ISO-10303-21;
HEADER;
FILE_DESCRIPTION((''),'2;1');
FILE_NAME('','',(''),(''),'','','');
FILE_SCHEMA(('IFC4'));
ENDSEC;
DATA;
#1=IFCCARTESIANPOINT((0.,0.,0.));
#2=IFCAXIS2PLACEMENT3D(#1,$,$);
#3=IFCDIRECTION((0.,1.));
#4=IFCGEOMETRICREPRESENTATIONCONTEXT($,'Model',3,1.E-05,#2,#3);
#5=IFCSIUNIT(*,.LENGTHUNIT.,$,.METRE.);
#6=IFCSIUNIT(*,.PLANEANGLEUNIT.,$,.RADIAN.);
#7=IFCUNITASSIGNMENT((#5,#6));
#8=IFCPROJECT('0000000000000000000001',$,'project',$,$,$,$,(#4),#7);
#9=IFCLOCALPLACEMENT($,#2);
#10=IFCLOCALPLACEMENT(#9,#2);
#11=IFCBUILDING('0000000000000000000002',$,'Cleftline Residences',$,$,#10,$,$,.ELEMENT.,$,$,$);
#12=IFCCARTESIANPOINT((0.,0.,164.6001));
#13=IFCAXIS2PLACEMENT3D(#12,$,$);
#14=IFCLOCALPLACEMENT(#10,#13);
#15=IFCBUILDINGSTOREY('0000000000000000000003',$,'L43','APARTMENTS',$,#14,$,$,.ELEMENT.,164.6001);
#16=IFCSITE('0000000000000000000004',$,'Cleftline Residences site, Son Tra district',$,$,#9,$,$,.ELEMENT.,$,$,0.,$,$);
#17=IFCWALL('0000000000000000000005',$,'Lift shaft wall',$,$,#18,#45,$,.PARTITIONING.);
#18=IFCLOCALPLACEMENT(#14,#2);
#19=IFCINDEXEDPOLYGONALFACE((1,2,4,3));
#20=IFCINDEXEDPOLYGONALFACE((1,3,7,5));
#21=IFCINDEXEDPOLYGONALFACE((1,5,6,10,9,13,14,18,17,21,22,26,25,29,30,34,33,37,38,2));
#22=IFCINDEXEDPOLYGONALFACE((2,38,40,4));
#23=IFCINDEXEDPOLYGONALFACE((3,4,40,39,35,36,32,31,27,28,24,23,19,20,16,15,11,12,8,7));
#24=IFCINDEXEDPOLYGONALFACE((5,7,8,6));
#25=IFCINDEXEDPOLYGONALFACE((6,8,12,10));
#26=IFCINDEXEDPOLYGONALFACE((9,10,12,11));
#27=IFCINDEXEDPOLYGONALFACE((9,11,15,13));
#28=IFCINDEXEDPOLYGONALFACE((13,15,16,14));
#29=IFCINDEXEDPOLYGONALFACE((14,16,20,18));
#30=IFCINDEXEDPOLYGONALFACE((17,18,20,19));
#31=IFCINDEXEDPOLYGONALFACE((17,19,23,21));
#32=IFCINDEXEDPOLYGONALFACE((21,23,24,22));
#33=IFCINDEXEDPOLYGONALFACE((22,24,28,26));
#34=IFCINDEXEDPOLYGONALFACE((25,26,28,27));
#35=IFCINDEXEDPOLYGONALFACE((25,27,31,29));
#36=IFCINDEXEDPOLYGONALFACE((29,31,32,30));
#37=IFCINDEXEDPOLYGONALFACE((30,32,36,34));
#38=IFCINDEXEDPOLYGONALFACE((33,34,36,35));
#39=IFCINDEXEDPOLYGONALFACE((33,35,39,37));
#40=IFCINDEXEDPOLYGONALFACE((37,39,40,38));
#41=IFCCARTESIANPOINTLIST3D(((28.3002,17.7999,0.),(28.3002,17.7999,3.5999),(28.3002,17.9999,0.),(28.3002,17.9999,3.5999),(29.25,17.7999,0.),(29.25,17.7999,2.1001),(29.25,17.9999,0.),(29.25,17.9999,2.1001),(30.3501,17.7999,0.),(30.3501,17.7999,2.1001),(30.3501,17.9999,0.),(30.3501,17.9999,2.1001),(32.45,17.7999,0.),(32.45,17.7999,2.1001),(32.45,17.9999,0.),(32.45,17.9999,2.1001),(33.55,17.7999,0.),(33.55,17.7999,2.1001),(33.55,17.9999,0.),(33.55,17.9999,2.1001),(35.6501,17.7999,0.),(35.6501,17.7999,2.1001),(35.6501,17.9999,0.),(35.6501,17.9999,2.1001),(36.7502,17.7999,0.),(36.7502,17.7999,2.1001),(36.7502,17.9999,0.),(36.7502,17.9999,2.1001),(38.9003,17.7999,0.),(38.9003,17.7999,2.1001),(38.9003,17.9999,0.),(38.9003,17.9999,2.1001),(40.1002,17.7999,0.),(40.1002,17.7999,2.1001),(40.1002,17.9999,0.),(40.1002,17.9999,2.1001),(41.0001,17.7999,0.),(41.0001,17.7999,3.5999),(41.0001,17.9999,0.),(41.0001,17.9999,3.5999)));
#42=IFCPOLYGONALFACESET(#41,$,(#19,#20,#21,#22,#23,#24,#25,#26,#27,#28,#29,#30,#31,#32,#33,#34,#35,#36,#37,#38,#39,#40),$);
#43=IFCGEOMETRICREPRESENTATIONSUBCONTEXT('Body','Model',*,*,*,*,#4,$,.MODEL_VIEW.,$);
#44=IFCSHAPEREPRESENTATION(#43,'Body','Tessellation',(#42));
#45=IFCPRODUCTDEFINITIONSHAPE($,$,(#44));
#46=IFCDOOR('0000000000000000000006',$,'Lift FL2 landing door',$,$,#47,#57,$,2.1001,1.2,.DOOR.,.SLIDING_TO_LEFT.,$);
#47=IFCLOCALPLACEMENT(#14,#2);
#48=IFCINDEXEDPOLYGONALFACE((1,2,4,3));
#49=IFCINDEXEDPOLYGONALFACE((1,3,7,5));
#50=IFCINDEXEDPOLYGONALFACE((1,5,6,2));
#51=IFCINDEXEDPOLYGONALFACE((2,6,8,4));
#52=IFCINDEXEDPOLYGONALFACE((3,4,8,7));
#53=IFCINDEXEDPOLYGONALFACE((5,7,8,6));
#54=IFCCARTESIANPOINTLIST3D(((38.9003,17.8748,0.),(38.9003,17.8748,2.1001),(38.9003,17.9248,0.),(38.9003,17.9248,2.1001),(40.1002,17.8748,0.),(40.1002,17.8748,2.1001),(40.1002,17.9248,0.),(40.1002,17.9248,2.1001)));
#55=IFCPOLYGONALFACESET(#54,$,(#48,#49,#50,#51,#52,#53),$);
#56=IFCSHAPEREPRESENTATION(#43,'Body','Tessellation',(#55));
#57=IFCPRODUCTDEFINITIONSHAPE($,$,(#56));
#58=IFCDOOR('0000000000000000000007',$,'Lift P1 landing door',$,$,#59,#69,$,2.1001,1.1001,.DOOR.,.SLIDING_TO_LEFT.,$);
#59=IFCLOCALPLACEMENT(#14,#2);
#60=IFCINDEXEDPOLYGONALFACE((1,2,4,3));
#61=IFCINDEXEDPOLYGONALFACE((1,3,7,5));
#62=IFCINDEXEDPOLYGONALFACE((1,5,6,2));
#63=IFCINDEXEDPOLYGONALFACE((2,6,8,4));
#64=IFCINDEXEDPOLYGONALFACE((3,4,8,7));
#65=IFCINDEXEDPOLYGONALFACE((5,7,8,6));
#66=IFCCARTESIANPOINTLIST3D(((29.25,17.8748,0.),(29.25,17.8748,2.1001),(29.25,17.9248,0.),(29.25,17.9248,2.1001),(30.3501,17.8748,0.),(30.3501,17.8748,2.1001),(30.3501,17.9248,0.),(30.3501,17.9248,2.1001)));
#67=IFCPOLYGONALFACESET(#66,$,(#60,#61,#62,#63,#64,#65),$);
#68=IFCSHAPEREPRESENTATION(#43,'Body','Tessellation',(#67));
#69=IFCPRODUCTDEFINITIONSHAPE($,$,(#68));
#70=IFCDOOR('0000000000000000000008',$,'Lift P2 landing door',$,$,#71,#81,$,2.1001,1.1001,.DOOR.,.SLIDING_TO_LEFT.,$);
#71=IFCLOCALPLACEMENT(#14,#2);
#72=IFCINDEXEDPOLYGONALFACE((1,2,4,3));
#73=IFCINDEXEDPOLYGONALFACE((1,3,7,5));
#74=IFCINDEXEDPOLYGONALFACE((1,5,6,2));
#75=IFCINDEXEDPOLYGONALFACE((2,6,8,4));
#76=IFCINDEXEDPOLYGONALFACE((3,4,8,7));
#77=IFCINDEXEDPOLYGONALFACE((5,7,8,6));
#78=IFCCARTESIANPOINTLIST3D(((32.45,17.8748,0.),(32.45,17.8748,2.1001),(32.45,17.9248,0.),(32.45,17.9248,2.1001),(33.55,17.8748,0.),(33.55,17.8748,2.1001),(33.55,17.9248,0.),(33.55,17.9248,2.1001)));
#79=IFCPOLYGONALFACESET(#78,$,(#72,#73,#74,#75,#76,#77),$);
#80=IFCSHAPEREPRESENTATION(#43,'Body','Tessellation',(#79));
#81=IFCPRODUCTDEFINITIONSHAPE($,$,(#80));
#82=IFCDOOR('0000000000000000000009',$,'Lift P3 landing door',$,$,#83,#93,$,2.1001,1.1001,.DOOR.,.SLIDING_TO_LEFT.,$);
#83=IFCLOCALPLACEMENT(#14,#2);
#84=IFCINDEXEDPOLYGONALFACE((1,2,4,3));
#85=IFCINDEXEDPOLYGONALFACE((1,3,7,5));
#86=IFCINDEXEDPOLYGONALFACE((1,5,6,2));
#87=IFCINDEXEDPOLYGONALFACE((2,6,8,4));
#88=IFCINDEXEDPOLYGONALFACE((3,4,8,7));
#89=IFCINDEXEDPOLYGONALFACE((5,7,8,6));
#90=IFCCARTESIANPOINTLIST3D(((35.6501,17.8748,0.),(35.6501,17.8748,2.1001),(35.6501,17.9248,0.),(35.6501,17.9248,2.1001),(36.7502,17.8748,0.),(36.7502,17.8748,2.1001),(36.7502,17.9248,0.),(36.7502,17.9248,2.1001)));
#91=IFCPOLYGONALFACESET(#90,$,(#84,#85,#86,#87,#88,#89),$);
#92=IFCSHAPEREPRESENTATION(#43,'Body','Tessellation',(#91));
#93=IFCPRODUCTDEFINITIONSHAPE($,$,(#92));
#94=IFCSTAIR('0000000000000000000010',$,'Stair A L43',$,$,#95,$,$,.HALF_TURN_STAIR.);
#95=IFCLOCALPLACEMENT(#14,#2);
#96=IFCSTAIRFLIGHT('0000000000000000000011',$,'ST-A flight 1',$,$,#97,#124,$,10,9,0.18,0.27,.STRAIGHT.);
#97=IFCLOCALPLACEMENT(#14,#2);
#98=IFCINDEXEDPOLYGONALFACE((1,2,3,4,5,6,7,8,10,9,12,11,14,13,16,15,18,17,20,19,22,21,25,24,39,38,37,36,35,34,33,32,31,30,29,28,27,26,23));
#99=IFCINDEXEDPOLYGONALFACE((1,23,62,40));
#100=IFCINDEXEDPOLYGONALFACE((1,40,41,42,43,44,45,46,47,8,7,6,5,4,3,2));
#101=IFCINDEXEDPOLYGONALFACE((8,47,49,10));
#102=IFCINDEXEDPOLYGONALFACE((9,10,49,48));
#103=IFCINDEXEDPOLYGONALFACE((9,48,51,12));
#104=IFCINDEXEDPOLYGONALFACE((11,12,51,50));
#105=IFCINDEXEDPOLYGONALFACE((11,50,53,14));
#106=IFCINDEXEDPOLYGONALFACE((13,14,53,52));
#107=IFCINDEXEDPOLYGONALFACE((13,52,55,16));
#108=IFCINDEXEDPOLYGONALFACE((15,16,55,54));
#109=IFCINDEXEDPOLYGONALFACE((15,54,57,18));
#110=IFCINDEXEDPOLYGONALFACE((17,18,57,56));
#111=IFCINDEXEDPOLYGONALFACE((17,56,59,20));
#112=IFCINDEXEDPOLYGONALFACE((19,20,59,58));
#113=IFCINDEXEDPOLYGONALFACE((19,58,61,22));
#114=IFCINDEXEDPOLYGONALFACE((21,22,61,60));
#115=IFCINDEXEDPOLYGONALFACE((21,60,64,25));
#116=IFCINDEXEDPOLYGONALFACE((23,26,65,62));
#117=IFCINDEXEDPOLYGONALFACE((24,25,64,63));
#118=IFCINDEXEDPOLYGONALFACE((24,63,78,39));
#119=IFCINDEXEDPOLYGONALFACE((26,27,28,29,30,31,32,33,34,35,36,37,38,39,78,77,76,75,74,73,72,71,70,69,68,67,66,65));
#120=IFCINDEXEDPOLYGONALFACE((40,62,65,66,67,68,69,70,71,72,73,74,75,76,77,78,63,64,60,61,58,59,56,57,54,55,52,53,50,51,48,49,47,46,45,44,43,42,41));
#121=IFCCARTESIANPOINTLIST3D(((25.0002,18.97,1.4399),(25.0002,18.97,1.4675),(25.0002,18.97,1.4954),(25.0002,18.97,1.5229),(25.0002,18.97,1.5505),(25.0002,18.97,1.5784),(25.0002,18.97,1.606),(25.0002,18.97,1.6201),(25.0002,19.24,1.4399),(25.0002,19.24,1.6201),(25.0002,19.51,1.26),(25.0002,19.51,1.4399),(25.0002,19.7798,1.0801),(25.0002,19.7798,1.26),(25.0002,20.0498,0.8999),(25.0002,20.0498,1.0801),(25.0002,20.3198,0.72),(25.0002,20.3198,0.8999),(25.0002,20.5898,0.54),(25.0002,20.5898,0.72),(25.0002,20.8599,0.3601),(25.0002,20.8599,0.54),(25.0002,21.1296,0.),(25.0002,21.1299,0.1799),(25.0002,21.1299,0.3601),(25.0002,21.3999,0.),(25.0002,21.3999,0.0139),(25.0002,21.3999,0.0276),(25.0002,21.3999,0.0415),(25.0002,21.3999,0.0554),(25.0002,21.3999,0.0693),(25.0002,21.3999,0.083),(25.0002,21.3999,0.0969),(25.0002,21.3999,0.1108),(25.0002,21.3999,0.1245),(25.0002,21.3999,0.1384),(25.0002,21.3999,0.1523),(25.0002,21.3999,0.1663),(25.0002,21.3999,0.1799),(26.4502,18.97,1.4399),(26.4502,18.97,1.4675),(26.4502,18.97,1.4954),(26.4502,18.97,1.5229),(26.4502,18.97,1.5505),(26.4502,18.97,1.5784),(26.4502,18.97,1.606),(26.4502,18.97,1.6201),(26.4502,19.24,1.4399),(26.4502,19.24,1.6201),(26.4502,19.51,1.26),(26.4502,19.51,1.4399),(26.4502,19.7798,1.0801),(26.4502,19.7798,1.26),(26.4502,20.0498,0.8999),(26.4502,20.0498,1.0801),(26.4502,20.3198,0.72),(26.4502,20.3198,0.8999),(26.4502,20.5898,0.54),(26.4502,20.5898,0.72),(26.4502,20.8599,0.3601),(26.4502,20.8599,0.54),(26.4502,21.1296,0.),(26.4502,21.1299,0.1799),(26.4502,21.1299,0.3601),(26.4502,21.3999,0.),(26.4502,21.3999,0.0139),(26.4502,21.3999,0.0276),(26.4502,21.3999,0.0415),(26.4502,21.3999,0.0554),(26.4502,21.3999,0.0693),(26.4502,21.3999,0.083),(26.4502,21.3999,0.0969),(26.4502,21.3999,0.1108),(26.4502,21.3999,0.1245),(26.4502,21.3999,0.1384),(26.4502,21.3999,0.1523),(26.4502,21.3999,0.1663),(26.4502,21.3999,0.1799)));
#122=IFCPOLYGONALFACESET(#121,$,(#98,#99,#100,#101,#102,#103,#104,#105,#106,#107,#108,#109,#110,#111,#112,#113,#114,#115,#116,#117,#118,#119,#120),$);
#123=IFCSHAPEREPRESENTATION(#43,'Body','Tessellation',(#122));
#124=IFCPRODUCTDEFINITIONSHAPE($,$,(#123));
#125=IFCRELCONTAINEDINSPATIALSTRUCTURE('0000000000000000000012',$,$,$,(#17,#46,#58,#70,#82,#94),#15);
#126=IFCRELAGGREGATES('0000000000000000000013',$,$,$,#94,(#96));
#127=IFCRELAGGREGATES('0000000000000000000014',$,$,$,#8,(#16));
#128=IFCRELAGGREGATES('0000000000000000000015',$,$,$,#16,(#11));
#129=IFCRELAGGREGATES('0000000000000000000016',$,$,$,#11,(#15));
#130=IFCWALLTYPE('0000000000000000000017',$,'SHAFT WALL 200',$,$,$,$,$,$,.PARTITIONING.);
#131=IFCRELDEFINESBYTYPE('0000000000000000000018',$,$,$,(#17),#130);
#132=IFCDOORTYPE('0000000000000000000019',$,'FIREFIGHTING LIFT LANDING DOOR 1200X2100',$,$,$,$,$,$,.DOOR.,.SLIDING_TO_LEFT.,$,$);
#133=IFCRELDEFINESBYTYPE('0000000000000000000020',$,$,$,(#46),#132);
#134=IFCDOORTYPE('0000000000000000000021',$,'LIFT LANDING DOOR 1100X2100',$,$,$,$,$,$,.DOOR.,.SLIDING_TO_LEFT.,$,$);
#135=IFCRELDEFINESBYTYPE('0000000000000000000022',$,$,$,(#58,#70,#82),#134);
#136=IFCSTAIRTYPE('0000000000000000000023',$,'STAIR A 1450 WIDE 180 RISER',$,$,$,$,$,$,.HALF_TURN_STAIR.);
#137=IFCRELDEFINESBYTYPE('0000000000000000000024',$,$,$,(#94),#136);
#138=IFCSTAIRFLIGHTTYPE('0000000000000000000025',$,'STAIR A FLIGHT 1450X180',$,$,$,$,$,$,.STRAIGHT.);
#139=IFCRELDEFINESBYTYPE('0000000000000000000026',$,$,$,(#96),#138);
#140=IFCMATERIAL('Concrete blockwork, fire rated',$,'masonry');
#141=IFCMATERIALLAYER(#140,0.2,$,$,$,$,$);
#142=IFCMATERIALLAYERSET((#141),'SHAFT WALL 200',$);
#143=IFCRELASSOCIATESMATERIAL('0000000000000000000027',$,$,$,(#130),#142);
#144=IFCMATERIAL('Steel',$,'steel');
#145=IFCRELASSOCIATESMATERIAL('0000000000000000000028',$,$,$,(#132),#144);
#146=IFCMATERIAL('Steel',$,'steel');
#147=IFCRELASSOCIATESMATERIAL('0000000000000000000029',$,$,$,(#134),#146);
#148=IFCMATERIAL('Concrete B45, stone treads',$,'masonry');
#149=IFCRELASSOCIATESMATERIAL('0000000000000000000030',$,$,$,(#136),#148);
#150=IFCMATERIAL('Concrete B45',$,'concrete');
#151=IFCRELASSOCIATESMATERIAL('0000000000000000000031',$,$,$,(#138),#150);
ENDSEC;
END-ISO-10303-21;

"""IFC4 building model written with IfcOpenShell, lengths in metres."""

from ifc_helpers import new_model, si_unit, direction, frame, frame_2d, origin, place, context, subcontext, project, spatial, polyline, rectangle, outline, extrude, material, layer, layer_set, type_object, element, fill, aggregate, save


model = new_model("IFC4")

# Units and contexts
model_context = context("Model", 3, precision=1e-05, world=origin(), true_north=direction((0.0, 1.0)))
body_context = subcontext(model_context, "Body", "Model", "MODEL_VIEW")
ifc_project = project(units=[si_unit("LENGTHUNIT", "METRE"), si_unit("PLANEANGLEUNIT", "RADIAN")], contexts=[model_context])

# Site, building, storey
site_placement = place(None, origin())
site = spatial("IfcSite", under=ifc_project, at=site_placement, Name="Cleftline Residences site, Son Tra district", CompositionType="ELEMENT", RefElevation=0.0)
building_placement = place(site_placement, origin())
building = spatial("IfcBuilding", under=site, at=building_placement, Name="Cleftline Residences", CompositionType="ELEMENT")
storey_placement = place(building_placement, frame((0.0, 0.0, 164.6001)))
storey = spatial("IfcBuildingStorey", under=building, at=storey_placement, Name="L43", Description="APARTMENTS", CompositionType="ELEMENT", Elevation=164.6001)

# Wall, openings, doors
ifc_material_1 = material(Name="Concrete blockwork, fire rated", Category="masonry")
ifc_layer_1 = layer(ifc_material_1, 0.2)
ifc_layer_set_1 = layer_set([ifc_layer_1], Name="SHAFT WALL 200")
wall_type_1 = type_object("IfcWallType", Name="SHAFT WALL 200", PredefinedType="PARTITIONING", material=ifc_layer_set_1)
wall_1_placement = place(storey_placement, frame((28.3, 17.8999, 0.0), z_axis=(0.0, 0.0, 1.0), x_axis=(1.0, 0.0, 0.0)))
wall_1 = element("IfcWall", 1, at=wall_1_placement, inside=storey, type_object=wall_type_1, Name="Lift shaft wall", PredefinedType="PARTITIONING", context=body_context, shape_type="SweptSolid", body=[
    extrude(rectangle(XDim=12.7, YDim=0.2, at=frame_2d((6.3501, 0.0))), origin(), (0.0, 0.0, 1.0), 3.5999),
])
opening_1_placement = place(wall_1_placement, frame((0.95, 0.0, 0.0)))
opening_1 = element("IfcOpeningElement", 2, at=opening_1_placement, cuts=wall_1, PredefinedType="OPENING", context=body_context, shape_type="SweptSolid", body=[
    extrude(rectangle(XDim=1.1001, YDim=2.1001, at=frame_2d((0.55, 1.05))), frame((0.0, 0.1099, 0.0), z_axis=(0.0, -1.0, 0.0), x_axis=(1.0, 0.0, 0.0)), (0.0, 0.0, 1.0), 0.22),
])
opening_2_placement = place(wall_1_placement, frame((4.1499, 0.0, 0.0)))
opening_2 = element("IfcOpeningElement", 3, at=opening_2_placement, cuts=wall_1, PredefinedType="OPENING", context=body_context, shape_type="SweptSolid", body=[
    extrude(rectangle(XDim=1.1001, YDim=2.1001, at=frame_2d((0.55, 1.05))), frame((0.0, 0.1099, 0.0), z_axis=(0.0, -1.0, 0.0), x_axis=(1.0, 0.0, 0.0)), (0.0, 0.0, 1.0), 0.22),
])
opening_3_placement = place(wall_1_placement, frame((7.3501, 0.0, 0.0)))
opening_3 = element("IfcOpeningElement", 4, at=opening_3_placement, cuts=wall_1, PredefinedType="OPENING", context=body_context, shape_type="SweptSolid", body=[
    extrude(rectangle(XDim=1.1001, YDim=2.1001, at=frame_2d((0.55, 1.05))), frame((0.0, 0.1099, 0.0), z_axis=(0.0, -1.0, 0.0), x_axis=(1.0, 0.0, 0.0)), (0.0, 0.0, 1.0), 0.22),
])
opening_4_placement = place(wall_1_placement, frame((10.6001, 0.0, 0.0)))
opening_4 = element("IfcOpeningElement", 5, at=opening_4_placement, cuts=wall_1, PredefinedType="OPENING", context=body_context, shape_type="SweptSolid", body=[
    extrude(rectangle(XDim=1.2, YDim=2.1001, at=frame_2d((0.6001, 1.05))), frame((0.0, 0.1099, 0.0), z_axis=(0.0, -1.0, 0.0), x_axis=(1.0, 0.0, 0.0)), (0.0, 0.0, 1.0), 0.22),
])
ifc_material_2 = material(Name="Steel", Category="steel")
door_type_1 = type_object("IfcDoorType", Name="FIREFIGHTING LIFT LANDING DOOR 1200X2100", OperationType="SLIDING_TO_LEFT", PredefinedType="DOOR", material=ifc_material_2)
door_1_placement = place(opening_4_placement, origin())
door_1 = element("IfcDoor", 6, at=door_1_placement, inside=storey, type_object=door_type_1, Name="Lift FL2 landing door", OperationType="SLIDING_TO_LEFT", OverallHeight=2.1001, OverallWidth=1.2, PredefinedType="DOOR", context=body_context, shape_type="SweptSolid", body=[
    extrude(rectangle(XDim=1.2, YDim=2.1001, at=frame_2d((0.6001, 1.05))), frame((0.0, 0.0249, 0.0), z_axis=(0.0, -1.0, 0.0), x_axis=(1.0, 0.0, 0.0)), (0.0, 0.0, 1.0), 0.05),
])
fill(opening_4, door_1)
ifc_material_3 = material(Name="Steel", Category="steel")
door_type_2 = type_object("IfcDoorType", Name="LIFT LANDING DOOR 1100X2100", OperationType="SLIDING_TO_LEFT", PredefinedType="DOOR", material=ifc_material_3)
door_2_placement = place(opening_1_placement, origin())
door_2 = element("IfcDoor", 7, at=door_2_placement, inside=storey, type_object=door_type_2, Name="Lift P1 landing door", OperationType="SLIDING_TO_LEFT", OverallHeight=2.1001, OverallWidth=1.1001, PredefinedType="DOOR", context=body_context, shape_type="SweptSolid", body=[
    extrude(rectangle(XDim=1.1001, YDim=2.1001, at=frame_2d((0.55, 1.05))), frame((0.0, 0.0249, 0.0), z_axis=(0.0, -1.0, 0.0), x_axis=(1.0, 0.0, 0.0)), (0.0, 0.0, 1.0), 0.05),
])
fill(opening_1, door_2)
door_3_placement = place(opening_2_placement, origin())
door_3 = element("IfcDoor", 8, at=door_3_placement, inside=storey, type_object=door_type_2, Name="Lift P2 landing door", OperationType="SLIDING_TO_LEFT", OverallHeight=2.1001, OverallWidth=1.1001, PredefinedType="DOOR", context=body_context, shape_type="SweptSolid", body=[
    extrude(rectangle(XDim=1.1001, YDim=2.1001, at=frame_2d((0.55, 1.05))), frame((0.0, 0.0249, 0.0), z_axis=(0.0, -1.0, 0.0), x_axis=(1.0, 0.0, 0.0)), (0.0, 0.0, 1.0), 0.05),
])
fill(opening_2, door_3)
door_4_placement = place(opening_3_placement, origin())
door_4 = element("IfcDoor", 9, at=door_4_placement, inside=storey, type_object=door_type_2, Name="Lift P3 landing door", OperationType="SLIDING_TO_LEFT", OverallHeight=2.1001, OverallWidth=1.1001, PredefinedType="DOOR", context=body_context, shape_type="SweptSolid", body=[
    extrude(rectangle(XDim=1.1001, YDim=2.1001, at=frame_2d((0.55, 1.05))), frame((0.0, 0.0249, 0.0), z_axis=(0.0, -1.0, 0.0), x_axis=(1.0, 0.0, 0.0)), (0.0, 0.0, 1.0), 0.05),
])
fill(opening_3, door_4)

# Stair, stair flight
ifc_material_4 = material(Name="Concrete B45, stone treads", Category="masonry")
stair_type = type_object("IfcStairType", Name="STAIR A 1450 WIDE 180 RISER", PredefinedType="HALF_TURN_STAIR", material=ifc_material_4)
stair_placement = place(storey_placement, origin())
stair = element("IfcStair", 10, at=stair_placement, inside=storey, type_object=stair_type, Name="Stair A L43", PredefinedType="HALF_TURN_STAIR")
ifc_material_5 = material(Name="Concrete B45", Category="concrete")
stair_flight_type = type_object("IfcStairFlightType", Name="STAIR A FLIGHT 1450X180", PredefinedType="STRAIGHT", material=ifc_material_5)
stair_flight_1_placement = place(storey_placement, frame((25.7251, 21.3999, 0.0), z_axis=(0.0, 0.0, 1.0), x_axis=(0.0, -1.0, 0.0)))
stair_flight_1 = element("IfcStairFlight", 11, at=stair_flight_1_placement, type_object=stair_flight_type, Name="ST-A flight 1", NumberOfRisers=10, NumberOfTreads=9, PredefinedType="STRAIGHT", RiserHeight=0.18, TreadLength=0.27, context=body_context, shape_type="SweptSolid", body=[
    extrude(outline(polyline([(0.0, 0.0), (0.0, 0.0139), (0.0, 0.0276), (0.0, 0.0415), (0.0, 0.0554), (0.0, 0.0693), (0.0, 0.083), (0.0, 0.0969), (0.0, 0.1108), (0.0, 0.1245), (0.0, 0.1384), (0.0, 0.1523), (0.0, 0.1663), (0.0, 0.1799), (0.27, 0.1799), (0.27, 0.3601), (0.54, 0.3601), (0.54, 0.54), (0.8101, 0.54), (0.8101, 0.72), (1.0801, 0.72), (1.0801, 0.8999), (1.3501, 0.8999), (1.3501, 1.0801), (1.6201, 1.0801), (1.6201, 1.26), (1.8899, 1.26), (1.8899, 1.4399), (2.1599, 1.4399), (2.1599, 1.6201), (2.4299, 1.6201), (2.4299, 1.8), (2.4299, 1.7722), (2.4299, 1.7446), (2.4299, 1.7168), (2.4299, 1.6892), (2.4299, 1.6614), (2.4299, 1.6338), (2.4299, 1.606), (2.4299, 1.5784), (2.4299, 1.5505), (2.4299, 1.5229), (2.4299, 1.4954), (2.4299, 1.4675), (2.4299, 1.4399), (0.2703, 0.0), (0.0, 0.0)])), frame((0.0, 0.7251, 0.0), z_axis=(0.0, -1.0, 0.0), x_axis=(1.0, 0.0, 0.0)), (0.0, 0.0, 1.0), 1.45),
])
aggregate(stair, [stair_flight_1])

save(model, "model.ifc")
